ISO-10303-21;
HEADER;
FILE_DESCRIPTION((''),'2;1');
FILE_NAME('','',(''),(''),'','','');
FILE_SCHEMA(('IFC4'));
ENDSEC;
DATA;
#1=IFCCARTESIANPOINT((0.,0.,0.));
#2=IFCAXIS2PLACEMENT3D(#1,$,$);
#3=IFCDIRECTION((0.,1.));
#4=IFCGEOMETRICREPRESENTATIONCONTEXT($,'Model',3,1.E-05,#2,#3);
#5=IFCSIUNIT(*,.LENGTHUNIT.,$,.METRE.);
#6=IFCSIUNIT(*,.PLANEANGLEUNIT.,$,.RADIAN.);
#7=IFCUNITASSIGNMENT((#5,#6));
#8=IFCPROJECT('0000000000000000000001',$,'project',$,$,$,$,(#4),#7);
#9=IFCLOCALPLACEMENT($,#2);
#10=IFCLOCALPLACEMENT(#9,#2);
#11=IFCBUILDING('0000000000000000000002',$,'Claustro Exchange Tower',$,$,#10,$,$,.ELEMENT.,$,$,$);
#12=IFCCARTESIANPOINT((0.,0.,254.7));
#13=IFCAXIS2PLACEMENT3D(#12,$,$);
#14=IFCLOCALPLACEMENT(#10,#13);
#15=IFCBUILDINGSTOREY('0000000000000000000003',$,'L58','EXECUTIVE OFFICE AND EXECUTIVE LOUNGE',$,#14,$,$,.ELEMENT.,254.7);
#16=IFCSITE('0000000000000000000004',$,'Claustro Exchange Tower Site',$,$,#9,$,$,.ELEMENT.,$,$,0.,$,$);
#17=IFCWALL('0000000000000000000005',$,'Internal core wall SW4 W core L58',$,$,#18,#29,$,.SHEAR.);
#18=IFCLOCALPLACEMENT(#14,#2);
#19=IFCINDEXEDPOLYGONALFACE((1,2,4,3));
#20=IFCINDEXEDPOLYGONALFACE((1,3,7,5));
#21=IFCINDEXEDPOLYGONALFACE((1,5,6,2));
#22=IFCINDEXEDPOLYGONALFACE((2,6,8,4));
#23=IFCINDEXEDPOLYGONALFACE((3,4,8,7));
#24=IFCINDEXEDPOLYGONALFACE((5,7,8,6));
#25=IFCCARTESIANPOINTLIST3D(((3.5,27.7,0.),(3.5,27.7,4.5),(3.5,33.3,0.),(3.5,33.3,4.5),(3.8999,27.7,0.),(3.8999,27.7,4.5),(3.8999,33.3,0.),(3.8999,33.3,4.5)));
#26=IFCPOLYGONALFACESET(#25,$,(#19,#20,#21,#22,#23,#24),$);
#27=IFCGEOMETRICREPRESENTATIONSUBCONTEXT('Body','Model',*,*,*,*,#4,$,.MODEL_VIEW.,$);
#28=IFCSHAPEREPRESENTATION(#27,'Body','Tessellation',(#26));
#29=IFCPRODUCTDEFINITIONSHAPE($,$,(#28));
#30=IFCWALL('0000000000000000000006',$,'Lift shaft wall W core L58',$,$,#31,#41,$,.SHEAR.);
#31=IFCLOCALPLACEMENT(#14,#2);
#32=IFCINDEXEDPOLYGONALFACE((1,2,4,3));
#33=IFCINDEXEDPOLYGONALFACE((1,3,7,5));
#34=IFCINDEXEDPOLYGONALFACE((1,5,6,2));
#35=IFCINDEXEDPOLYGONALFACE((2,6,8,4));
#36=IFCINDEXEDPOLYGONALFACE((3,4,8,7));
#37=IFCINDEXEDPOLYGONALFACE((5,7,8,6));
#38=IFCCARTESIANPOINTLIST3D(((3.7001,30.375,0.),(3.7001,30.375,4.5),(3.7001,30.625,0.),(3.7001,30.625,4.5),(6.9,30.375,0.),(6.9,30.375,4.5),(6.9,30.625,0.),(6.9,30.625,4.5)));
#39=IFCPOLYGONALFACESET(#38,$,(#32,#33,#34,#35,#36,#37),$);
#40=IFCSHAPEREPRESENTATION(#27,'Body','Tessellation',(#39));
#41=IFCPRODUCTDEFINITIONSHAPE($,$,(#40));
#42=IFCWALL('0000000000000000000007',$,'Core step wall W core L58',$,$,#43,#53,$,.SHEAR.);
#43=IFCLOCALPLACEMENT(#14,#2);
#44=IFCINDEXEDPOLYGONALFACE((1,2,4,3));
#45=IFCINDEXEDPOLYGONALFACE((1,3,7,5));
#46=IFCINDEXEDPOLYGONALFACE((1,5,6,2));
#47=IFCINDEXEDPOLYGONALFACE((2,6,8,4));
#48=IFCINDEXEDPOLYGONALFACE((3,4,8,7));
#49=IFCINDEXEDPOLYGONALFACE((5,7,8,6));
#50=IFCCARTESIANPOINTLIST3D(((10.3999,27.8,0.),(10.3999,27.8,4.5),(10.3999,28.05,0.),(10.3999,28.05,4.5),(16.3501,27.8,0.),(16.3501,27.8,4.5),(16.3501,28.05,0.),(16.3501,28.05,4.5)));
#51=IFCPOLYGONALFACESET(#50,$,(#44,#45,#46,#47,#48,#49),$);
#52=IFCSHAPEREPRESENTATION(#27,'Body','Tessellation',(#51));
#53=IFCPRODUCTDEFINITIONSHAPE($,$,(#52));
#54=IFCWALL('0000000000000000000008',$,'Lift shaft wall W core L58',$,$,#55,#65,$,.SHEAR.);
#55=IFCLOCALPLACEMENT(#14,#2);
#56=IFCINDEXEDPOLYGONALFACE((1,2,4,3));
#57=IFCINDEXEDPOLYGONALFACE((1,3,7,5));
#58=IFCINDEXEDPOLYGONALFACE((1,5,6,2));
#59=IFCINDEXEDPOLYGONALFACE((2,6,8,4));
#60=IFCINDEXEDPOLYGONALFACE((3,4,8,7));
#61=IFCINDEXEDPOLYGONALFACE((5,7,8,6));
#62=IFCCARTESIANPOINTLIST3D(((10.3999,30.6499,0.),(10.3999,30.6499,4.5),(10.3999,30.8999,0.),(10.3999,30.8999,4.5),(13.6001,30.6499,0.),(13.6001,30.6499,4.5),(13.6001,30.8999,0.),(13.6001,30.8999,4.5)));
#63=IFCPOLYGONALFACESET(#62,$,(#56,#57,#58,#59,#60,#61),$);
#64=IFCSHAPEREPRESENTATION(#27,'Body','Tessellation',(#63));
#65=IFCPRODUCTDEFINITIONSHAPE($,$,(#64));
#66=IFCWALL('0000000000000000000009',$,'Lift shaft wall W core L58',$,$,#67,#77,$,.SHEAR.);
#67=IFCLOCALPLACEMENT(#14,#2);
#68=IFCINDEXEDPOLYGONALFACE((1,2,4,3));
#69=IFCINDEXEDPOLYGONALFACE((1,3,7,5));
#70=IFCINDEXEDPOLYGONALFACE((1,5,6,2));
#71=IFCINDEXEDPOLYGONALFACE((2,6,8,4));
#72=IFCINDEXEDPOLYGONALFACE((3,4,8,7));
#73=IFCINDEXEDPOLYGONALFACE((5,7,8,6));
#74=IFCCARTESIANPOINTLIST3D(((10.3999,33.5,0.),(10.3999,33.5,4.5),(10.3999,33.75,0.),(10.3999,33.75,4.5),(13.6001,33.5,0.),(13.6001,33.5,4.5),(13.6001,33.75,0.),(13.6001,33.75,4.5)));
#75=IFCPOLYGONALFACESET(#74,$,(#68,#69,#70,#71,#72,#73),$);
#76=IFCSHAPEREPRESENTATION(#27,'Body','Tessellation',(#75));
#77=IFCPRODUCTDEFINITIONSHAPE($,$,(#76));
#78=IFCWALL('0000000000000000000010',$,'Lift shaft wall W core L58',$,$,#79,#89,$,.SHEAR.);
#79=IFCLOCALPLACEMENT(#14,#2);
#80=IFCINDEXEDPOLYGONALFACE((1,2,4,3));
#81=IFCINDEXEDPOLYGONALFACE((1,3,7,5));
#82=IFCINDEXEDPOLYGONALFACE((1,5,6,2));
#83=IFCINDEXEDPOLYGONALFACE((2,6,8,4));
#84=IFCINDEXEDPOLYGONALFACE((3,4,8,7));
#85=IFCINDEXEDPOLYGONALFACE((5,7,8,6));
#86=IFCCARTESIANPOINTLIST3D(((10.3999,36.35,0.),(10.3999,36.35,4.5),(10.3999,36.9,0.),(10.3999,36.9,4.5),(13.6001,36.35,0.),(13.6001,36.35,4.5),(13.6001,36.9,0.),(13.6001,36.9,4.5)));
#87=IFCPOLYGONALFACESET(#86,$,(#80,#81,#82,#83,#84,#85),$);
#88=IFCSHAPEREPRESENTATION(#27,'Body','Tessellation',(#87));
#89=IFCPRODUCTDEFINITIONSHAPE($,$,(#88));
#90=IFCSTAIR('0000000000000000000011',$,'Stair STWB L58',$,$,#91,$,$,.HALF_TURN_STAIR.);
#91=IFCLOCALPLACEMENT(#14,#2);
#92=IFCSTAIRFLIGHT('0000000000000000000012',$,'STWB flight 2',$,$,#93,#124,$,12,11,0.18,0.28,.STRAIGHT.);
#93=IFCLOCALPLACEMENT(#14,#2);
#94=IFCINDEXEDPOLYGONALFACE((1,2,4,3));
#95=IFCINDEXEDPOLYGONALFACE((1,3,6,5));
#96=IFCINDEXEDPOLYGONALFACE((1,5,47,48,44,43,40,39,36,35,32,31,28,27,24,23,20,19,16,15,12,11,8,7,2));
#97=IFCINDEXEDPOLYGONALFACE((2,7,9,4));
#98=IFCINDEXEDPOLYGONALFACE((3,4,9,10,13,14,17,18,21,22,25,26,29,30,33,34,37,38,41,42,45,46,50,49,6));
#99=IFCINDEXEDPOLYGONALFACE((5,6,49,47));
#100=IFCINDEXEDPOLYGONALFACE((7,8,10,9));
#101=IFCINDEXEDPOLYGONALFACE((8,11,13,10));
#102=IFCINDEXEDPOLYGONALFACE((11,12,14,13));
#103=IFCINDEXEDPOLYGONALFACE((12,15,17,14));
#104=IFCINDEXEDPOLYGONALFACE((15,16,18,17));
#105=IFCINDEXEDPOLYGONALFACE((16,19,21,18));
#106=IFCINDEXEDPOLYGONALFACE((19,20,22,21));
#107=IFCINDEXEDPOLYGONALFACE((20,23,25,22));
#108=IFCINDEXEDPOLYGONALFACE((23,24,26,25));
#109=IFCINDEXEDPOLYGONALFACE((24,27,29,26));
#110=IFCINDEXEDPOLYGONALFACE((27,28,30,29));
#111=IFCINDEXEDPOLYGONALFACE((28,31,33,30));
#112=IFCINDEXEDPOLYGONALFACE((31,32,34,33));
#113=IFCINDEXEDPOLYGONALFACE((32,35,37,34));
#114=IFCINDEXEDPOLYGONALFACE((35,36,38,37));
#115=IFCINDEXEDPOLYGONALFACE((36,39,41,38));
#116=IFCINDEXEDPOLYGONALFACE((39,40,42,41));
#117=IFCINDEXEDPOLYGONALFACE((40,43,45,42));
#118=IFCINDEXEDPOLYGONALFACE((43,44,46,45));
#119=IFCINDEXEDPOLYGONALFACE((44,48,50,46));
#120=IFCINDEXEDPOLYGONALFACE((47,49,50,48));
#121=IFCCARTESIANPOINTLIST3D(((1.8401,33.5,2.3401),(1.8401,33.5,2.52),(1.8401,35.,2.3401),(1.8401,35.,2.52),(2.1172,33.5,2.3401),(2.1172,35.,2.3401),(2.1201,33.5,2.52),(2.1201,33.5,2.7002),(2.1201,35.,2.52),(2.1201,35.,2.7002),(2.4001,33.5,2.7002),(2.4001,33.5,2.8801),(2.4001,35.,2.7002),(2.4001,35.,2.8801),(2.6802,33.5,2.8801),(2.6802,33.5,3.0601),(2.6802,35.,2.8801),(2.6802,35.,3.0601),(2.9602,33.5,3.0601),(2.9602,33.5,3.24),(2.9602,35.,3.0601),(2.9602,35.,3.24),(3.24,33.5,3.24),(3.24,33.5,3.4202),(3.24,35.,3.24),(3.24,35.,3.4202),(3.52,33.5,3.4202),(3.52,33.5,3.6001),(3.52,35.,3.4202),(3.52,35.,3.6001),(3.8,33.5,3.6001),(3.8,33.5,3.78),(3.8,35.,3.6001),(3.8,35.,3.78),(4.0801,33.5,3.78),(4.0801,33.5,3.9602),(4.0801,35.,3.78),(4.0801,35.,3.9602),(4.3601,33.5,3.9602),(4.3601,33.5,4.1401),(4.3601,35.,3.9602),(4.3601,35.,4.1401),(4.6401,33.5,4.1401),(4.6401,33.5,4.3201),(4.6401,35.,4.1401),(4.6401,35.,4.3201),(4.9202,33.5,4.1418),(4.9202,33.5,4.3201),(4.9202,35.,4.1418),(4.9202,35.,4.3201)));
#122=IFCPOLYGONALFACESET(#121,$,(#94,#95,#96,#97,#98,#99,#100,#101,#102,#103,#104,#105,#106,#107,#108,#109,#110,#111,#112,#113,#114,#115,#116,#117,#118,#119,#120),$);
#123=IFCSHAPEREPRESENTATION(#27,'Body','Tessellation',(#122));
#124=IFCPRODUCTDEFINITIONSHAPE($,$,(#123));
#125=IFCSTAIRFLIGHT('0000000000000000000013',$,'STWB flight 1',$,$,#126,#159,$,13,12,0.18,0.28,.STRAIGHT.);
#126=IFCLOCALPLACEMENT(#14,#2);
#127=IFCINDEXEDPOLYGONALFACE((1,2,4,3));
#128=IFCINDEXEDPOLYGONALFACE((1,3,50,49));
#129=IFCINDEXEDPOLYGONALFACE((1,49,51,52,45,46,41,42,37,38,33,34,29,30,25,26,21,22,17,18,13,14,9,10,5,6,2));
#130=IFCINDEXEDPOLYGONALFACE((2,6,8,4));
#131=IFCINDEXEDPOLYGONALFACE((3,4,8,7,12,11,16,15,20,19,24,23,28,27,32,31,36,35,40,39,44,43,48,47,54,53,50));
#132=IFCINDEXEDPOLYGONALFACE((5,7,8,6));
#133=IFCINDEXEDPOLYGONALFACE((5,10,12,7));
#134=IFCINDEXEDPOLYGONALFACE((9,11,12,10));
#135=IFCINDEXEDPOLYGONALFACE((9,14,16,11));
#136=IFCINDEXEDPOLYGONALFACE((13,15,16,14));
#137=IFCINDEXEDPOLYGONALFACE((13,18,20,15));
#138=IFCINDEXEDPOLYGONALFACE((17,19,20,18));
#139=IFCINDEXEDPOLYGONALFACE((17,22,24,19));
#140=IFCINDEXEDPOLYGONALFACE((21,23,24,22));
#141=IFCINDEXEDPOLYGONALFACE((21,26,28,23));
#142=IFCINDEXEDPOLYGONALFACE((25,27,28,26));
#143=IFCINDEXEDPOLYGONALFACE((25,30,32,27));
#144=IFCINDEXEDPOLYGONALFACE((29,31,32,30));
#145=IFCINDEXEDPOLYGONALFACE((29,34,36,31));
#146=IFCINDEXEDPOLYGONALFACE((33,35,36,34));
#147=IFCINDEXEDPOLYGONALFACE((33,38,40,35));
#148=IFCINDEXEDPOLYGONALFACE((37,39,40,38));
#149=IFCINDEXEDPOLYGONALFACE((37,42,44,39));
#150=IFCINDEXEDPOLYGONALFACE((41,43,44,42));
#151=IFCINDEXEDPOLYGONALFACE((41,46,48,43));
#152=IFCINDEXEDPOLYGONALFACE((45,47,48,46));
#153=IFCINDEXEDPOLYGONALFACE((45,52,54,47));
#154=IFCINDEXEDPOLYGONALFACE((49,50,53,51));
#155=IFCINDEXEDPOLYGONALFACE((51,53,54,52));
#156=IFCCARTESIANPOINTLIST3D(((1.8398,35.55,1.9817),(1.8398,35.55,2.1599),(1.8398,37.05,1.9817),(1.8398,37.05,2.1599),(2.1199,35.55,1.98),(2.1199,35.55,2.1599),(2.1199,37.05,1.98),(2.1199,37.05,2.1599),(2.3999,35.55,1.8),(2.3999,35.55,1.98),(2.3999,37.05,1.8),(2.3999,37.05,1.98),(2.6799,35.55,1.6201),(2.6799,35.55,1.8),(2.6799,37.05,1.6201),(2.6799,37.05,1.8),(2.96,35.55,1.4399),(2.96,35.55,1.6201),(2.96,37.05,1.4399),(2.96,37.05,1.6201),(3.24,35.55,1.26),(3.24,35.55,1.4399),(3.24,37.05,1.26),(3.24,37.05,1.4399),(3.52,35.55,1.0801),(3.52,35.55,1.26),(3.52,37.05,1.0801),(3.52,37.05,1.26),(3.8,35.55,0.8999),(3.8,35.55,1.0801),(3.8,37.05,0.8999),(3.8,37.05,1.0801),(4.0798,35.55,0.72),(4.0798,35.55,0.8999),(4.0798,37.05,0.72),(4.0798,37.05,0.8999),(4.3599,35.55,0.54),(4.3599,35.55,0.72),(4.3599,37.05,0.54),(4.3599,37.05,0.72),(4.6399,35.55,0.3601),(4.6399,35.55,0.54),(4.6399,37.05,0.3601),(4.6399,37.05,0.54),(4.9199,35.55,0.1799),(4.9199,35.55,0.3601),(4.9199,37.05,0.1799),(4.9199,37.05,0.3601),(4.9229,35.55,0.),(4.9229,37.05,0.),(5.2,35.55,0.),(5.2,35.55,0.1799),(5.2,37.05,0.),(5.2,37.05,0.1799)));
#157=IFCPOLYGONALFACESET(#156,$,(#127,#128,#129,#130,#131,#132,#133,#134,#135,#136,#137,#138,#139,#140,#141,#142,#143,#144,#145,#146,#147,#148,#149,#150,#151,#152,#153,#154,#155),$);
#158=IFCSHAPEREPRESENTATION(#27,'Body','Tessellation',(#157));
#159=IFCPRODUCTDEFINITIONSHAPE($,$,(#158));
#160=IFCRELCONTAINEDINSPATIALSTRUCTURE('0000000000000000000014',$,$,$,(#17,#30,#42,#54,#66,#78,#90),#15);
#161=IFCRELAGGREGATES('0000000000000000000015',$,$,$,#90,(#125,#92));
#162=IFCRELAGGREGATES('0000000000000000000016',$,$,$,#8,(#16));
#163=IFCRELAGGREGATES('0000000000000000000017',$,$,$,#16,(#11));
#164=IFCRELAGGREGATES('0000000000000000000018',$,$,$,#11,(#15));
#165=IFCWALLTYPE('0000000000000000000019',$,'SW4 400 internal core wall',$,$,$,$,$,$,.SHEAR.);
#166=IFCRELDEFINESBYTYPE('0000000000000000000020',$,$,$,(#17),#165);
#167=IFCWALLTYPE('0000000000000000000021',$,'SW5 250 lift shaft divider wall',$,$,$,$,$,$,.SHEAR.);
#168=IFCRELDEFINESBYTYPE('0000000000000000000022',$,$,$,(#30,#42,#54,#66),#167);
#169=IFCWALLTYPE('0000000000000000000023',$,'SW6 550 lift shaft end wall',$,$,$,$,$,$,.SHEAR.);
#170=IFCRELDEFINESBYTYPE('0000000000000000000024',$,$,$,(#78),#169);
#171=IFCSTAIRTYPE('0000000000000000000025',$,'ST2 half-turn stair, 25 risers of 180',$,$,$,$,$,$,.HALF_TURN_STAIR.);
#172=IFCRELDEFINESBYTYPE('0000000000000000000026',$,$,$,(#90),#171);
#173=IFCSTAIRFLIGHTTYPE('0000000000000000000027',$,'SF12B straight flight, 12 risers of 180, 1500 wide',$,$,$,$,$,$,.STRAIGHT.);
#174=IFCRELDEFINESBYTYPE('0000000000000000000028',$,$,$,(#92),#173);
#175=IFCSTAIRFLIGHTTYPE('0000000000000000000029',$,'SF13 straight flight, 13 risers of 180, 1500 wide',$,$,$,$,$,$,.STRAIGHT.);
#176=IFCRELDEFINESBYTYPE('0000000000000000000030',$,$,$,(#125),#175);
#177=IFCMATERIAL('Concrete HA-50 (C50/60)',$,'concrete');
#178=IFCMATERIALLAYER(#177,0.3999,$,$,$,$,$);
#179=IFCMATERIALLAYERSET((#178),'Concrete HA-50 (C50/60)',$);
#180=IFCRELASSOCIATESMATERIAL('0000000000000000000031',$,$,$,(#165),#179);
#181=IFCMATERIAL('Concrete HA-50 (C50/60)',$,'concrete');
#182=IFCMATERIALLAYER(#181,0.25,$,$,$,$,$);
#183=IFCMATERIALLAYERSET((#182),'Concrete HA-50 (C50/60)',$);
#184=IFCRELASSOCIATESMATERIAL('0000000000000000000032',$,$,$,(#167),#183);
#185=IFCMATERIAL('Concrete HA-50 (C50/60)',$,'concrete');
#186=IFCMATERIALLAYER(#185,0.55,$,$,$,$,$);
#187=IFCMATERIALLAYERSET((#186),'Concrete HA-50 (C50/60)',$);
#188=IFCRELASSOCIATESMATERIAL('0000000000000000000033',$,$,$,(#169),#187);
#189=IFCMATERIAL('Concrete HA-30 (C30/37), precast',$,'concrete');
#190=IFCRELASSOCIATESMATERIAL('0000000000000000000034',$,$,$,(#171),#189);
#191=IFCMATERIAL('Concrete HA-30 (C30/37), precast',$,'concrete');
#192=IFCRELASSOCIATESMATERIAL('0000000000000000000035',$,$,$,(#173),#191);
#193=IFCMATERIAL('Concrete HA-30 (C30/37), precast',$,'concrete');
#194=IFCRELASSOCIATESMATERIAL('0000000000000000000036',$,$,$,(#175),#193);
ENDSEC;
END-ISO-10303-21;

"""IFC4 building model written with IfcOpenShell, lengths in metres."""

from ifc_helpers import new_model, si_unit, direction, frame, frame_2d, origin, place, context, subcontext, project, spatial, polyline, rectangle, outline, extrude, material, layer, layer_set, type_object, element, aggregate, save


model = new_model("IFC4")

# Units and contexts
model_context = context("Model", 3, precision=1e-05, world=origin(), true_north=direction((0.0, 1.0)))
body_context = subcontext(model_context, "Body", "Model", "MODEL_VIEW")
ifc_project = project(units=[si_unit("LENGTHUNIT", "METRE"), si_unit("PLANEANGLEUNIT", "RADIAN")], contexts=[model_context])

# Site, building, storey
site_placement = place(None, origin())
site = spatial("IfcSite", under=ifc_project, at=site_placement, Name="Claustro Exchange Tower Site", CompositionType="ELEMENT", RefElevation=0.0)
building_placement = place(site_placement, origin())
building = spatial("IfcBuilding", under=site, at=building_placement, Name="Claustro Exchange Tower", CompositionType="ELEMENT")
storey_placement = place(building_placement, frame((0.0, 0.0, 254.7)))
storey = spatial("IfcBuildingStorey", under=building, at=storey_placement, Name="L58", Description="EXECUTIVE OFFICE AND EXECUTIVE LOUNGE", CompositionType="ELEMENT", Elevation=254.7)

# Walls
ifc_material_1 = material(Name="Concrete HA-50 (C50/60)", Category="concrete")
ifc_layer_1 = layer(ifc_material_1, 0.3999)
ifc_layer_set_1 = layer_set([ifc_layer_1], Name="Concrete HA-50 (C50/60)")
wall_type_1 = type_object("IfcWallType", Name="SW4 400 internal core wall", PredefinedType="SHEAR", material=ifc_layer_set_1)
wall_1_placement = place(storey_placement, frame((3.7, 27.7, 0.0), z_axis=(0.0, 0.0, 1.0), x_axis=(0.0, 1.0, 0.0)))
element("IfcWall", 1, at=wall_1_placement, inside=storey, type_object=wall_type_1, Name="Internal core wall SW4 W core L58", PredefinedType="SHEAR", context=body_context, shape_type="SweptSolid", body=[
    extrude(rectangle(XDim=5.6001, YDim=0.3999, at=frame_2d((2.8, 0.0))), origin(), (0.0, 0.0, 1.0), 4.5),
])
ifc_material_2 = material(Name="Concrete HA-50 (C50/60)", Category="concrete")
ifc_layer_2 = layer(ifc_material_2, 0.25)
ifc_layer_set_2 = layer_set([ifc_layer_2], Name="Concrete HA-50 (C50/60)")
wall_type_2 = type_object("IfcWallType", Name="SW5 250 lift shaft divider wall", PredefinedType="SHEAR", material=ifc_layer_set_2)
wall_2_placement = place(storey_placement, frame((3.7, 30.5, 0.0), z_axis=(0.0, 0.0, 1.0), x_axis=(1.0, 0.0, 0.0)))
element("IfcWall", 2, at=wall_2_placement, inside=storey, type_object=wall_type_2, Name="Lift shaft wall W core L58", PredefinedType="SHEAR", context=body_context, shape_type="SweptSolid", body=[
    extrude(rectangle(XDim=3.2, YDim=0.25, at=frame_2d((1.6001, 0.0))), origin(), (0.0, 0.0, 1.0), 4.5),
])
wall_3_placement = place(storey_placement, frame((10.3999, 27.925, 0.0), z_axis=(0.0, 0.0, 1.0), x_axis=(1.0, 0.0, 0.0)))
element("IfcWall", 3, at=wall_3_placement, inside=storey, type_object=wall_type_2, Name="Core step wall W core L58", PredefinedType="SHEAR", context=body_context, shape_type="SweptSolid", body=[
    extrude(rectangle(XDim=5.9502, YDim=0.25, at=frame_2d((2.9751, 0.0))), origin(), (0.0, 0.0, 1.0), 4.5),
])
for number, where, z_axis, x_axis, name in (
    (4, (10.3999, 30.7749, 0.0), (0.0, 0.0, 1.0), (1.0, 0.0, 0.0), "Lift shaft wall W core L58"),
    (5, (10.3999, 33.625, 0.0), (0.0, 0.0, 1.0), (1.0, 0.0, 0.0), "Lift shaft wall W core L58"),
):
    element("IfcWall", number, at=place(storey_placement, frame(where, z_axis=z_axis, x_axis=x_axis)), inside=storey, type_object=wall_type_2, Name=name, PredefinedType="SHEAR", context=body_context, shape_type="SweptSolid", body=[
        extrude(rectangle(XDim=3.2002, YDim=0.25, at=frame_2d((1.6001, 0.0))), origin(), (0.0, 0.0, 1.0), 4.5),
    ])
ifc_material_3 = material(Name="Concrete HA-50 (C50/60)", Category="concrete")
ifc_layer_3 = layer(ifc_material_3, 0.55)
ifc_layer_set_3 = layer_set([ifc_layer_3], Name="Concrete HA-50 (C50/60)")
wall_type_3 = type_object("IfcWallType", Name="SW6 550 lift shaft end wall", PredefinedType="SHEAR", material=ifc_layer_set_3)
wall_4_placement = place(storey_placement, frame((10.3999, 36.625, 0.0), z_axis=(0.0, 0.0, 1.0), x_axis=(1.0, 0.0, 0.0)))
element("IfcWall", 6, at=wall_4_placement, inside=storey, type_object=wall_type_3, Name="Lift shaft wall W core L58", PredefinedType="SHEAR", context=body_context, shape_type="SweptSolid", body=[
    extrude(rectangle(XDim=3.2002, YDim=0.55, at=frame_2d((1.6001, 0.0))), origin(), (0.0, 0.0, 1.0), 4.5),
])

# Stair, stair flights
ifc_material_4 = material(Name="Concrete HA-30 (C30/37), precast", Category="concrete")
stair_type = type_object("IfcStairType", Name="ST2 half-turn stair, 25 risers of 180", PredefinedType="HALF_TURN_STAIR", material=ifc_material_4)
stair_placement = place(storey_placement, origin())
stair = element("IfcStair", 7, at=stair_placement, inside=storey, type_object=stair_type, Name="Stair STWB L58", PredefinedType="HALF_TURN_STAIR")
ifc_material_5 = material(Name="Concrete HA-30 (C30/37), precast", Category="concrete")
stair_flight_type_1 = type_object("IfcStairFlightType", Name="SF12B straight flight, 12 risers of 180, 1500 wide", PredefinedType="STRAIGHT", material=ifc_material_5)
stair_flight_1_placement = place(storey_placement, frame((1.8401, 34.25, 2.3401), z_axis=(0.0, 0.0, 1.0), x_axis=(1.0, 0.0, 0.0)))
stair_flight_1 = element("IfcStairFlight", 8, at=stair_flight_1_placement, type_object=stair_flight_type_1, Name="STWB flight 2", NumberOfRisers=12, NumberOfTreads=11, PredefinedType="STRAIGHT", RiserHeight=0.18, TreadLength=0.28, context=body_context, shape_type="SweptSolid", body=[
    extrude(outline(polyline([(0.0, 0.0), (0.0, 0.1799), (0.28, 0.1799), (0.28, 0.3601), (0.5601, 0.3601), (0.5601, 0.54), (0.8401, 0.54), (0.8401, 0.72), (1.1201, 0.72), (1.1201, 0.8999), (1.3999, 0.8999), (1.3999, 1.0801), (1.6799, 1.0801), (1.6799, 1.26), (1.96, 1.26), (1.96, 1.4399), (2.24, 1.4399), (2.24, 1.6201), (2.52, 1.6201), (2.52, 1.8), (2.8, 1.8), (2.8, 1.98), (3.0801, 1.98), (3.0801, 2.1599), (3.0801, 1.8018), (0.2771, 0.0), (0.0, 0.0)])), frame((0.0, 0.75, 0.0), z_axis=(0.0, -1.0, 0.0), x_axis=(1.0, 0.0, 0.0)), (0.0, 0.0, 1.0), 1.5),
])
ifc_material_6 = material(Name="Concrete HA-30 (C30/37), precast", Category="concrete")
stair_flight_type_2 = type_object("IfcStairFlightType", Name="SF13 straight flight, 13 risers of 180, 1500 wide", PredefinedType="STRAIGHT", material=ifc_material_6)
stair_flight_2_placement = place(storey_placement, frame((5.2, 36.3, 0.0), z_axis=(0.0, 0.0, 1.0), x_axis=(-1.0, 0.0, 0.0)))
stair_flight_2 = element("IfcStairFlight", 9, at=stair_flight_2_placement, type_object=stair_flight_type_2, Name="STWB flight 1", NumberOfRisers=13, NumberOfTreads=12, PredefinedType="STRAIGHT", RiserHeight=0.18, TreadLength=0.28, context=body_context, shape_type="SweptSolid", body=[
    extrude(outline(polyline([(0.0, 0.0), (0.0, 0.1799), (0.28, 0.1799), (0.28, 0.3601), (0.5601, 0.3601), (0.5601, 0.54), (0.8401, 0.54), (0.8401, 0.72), (1.1201, 0.72), (1.1201, 0.8999), (1.3999, 0.8999), (1.3999, 1.0801), (1.6799, 1.0801), (1.6799, 1.26), (1.96, 1.26), (1.96, 1.4399), (2.24, 1.4399), (2.24, 1.6201), (2.52, 1.6201), (2.52, 1.8), (2.8, 1.8), (2.8, 1.98), (3.0801, 1.98), (3.0801, 2.1599), (3.3601, 2.1599), (3.3601, 2.3401), (3.3601, 1.9817), (0.2771, 0.0), (0.0, 0.0)])), frame((0.0, 0.75, 0.0), z_axis=(0.0, -1.0, 0.0), x_axis=(1.0, 0.0, 0.0)), (0.0, 0.0, 1.0), 1.5),
])
aggregate(stair, [stair_flight_2, stair_flight_1])

save(model, "model.ifc")
